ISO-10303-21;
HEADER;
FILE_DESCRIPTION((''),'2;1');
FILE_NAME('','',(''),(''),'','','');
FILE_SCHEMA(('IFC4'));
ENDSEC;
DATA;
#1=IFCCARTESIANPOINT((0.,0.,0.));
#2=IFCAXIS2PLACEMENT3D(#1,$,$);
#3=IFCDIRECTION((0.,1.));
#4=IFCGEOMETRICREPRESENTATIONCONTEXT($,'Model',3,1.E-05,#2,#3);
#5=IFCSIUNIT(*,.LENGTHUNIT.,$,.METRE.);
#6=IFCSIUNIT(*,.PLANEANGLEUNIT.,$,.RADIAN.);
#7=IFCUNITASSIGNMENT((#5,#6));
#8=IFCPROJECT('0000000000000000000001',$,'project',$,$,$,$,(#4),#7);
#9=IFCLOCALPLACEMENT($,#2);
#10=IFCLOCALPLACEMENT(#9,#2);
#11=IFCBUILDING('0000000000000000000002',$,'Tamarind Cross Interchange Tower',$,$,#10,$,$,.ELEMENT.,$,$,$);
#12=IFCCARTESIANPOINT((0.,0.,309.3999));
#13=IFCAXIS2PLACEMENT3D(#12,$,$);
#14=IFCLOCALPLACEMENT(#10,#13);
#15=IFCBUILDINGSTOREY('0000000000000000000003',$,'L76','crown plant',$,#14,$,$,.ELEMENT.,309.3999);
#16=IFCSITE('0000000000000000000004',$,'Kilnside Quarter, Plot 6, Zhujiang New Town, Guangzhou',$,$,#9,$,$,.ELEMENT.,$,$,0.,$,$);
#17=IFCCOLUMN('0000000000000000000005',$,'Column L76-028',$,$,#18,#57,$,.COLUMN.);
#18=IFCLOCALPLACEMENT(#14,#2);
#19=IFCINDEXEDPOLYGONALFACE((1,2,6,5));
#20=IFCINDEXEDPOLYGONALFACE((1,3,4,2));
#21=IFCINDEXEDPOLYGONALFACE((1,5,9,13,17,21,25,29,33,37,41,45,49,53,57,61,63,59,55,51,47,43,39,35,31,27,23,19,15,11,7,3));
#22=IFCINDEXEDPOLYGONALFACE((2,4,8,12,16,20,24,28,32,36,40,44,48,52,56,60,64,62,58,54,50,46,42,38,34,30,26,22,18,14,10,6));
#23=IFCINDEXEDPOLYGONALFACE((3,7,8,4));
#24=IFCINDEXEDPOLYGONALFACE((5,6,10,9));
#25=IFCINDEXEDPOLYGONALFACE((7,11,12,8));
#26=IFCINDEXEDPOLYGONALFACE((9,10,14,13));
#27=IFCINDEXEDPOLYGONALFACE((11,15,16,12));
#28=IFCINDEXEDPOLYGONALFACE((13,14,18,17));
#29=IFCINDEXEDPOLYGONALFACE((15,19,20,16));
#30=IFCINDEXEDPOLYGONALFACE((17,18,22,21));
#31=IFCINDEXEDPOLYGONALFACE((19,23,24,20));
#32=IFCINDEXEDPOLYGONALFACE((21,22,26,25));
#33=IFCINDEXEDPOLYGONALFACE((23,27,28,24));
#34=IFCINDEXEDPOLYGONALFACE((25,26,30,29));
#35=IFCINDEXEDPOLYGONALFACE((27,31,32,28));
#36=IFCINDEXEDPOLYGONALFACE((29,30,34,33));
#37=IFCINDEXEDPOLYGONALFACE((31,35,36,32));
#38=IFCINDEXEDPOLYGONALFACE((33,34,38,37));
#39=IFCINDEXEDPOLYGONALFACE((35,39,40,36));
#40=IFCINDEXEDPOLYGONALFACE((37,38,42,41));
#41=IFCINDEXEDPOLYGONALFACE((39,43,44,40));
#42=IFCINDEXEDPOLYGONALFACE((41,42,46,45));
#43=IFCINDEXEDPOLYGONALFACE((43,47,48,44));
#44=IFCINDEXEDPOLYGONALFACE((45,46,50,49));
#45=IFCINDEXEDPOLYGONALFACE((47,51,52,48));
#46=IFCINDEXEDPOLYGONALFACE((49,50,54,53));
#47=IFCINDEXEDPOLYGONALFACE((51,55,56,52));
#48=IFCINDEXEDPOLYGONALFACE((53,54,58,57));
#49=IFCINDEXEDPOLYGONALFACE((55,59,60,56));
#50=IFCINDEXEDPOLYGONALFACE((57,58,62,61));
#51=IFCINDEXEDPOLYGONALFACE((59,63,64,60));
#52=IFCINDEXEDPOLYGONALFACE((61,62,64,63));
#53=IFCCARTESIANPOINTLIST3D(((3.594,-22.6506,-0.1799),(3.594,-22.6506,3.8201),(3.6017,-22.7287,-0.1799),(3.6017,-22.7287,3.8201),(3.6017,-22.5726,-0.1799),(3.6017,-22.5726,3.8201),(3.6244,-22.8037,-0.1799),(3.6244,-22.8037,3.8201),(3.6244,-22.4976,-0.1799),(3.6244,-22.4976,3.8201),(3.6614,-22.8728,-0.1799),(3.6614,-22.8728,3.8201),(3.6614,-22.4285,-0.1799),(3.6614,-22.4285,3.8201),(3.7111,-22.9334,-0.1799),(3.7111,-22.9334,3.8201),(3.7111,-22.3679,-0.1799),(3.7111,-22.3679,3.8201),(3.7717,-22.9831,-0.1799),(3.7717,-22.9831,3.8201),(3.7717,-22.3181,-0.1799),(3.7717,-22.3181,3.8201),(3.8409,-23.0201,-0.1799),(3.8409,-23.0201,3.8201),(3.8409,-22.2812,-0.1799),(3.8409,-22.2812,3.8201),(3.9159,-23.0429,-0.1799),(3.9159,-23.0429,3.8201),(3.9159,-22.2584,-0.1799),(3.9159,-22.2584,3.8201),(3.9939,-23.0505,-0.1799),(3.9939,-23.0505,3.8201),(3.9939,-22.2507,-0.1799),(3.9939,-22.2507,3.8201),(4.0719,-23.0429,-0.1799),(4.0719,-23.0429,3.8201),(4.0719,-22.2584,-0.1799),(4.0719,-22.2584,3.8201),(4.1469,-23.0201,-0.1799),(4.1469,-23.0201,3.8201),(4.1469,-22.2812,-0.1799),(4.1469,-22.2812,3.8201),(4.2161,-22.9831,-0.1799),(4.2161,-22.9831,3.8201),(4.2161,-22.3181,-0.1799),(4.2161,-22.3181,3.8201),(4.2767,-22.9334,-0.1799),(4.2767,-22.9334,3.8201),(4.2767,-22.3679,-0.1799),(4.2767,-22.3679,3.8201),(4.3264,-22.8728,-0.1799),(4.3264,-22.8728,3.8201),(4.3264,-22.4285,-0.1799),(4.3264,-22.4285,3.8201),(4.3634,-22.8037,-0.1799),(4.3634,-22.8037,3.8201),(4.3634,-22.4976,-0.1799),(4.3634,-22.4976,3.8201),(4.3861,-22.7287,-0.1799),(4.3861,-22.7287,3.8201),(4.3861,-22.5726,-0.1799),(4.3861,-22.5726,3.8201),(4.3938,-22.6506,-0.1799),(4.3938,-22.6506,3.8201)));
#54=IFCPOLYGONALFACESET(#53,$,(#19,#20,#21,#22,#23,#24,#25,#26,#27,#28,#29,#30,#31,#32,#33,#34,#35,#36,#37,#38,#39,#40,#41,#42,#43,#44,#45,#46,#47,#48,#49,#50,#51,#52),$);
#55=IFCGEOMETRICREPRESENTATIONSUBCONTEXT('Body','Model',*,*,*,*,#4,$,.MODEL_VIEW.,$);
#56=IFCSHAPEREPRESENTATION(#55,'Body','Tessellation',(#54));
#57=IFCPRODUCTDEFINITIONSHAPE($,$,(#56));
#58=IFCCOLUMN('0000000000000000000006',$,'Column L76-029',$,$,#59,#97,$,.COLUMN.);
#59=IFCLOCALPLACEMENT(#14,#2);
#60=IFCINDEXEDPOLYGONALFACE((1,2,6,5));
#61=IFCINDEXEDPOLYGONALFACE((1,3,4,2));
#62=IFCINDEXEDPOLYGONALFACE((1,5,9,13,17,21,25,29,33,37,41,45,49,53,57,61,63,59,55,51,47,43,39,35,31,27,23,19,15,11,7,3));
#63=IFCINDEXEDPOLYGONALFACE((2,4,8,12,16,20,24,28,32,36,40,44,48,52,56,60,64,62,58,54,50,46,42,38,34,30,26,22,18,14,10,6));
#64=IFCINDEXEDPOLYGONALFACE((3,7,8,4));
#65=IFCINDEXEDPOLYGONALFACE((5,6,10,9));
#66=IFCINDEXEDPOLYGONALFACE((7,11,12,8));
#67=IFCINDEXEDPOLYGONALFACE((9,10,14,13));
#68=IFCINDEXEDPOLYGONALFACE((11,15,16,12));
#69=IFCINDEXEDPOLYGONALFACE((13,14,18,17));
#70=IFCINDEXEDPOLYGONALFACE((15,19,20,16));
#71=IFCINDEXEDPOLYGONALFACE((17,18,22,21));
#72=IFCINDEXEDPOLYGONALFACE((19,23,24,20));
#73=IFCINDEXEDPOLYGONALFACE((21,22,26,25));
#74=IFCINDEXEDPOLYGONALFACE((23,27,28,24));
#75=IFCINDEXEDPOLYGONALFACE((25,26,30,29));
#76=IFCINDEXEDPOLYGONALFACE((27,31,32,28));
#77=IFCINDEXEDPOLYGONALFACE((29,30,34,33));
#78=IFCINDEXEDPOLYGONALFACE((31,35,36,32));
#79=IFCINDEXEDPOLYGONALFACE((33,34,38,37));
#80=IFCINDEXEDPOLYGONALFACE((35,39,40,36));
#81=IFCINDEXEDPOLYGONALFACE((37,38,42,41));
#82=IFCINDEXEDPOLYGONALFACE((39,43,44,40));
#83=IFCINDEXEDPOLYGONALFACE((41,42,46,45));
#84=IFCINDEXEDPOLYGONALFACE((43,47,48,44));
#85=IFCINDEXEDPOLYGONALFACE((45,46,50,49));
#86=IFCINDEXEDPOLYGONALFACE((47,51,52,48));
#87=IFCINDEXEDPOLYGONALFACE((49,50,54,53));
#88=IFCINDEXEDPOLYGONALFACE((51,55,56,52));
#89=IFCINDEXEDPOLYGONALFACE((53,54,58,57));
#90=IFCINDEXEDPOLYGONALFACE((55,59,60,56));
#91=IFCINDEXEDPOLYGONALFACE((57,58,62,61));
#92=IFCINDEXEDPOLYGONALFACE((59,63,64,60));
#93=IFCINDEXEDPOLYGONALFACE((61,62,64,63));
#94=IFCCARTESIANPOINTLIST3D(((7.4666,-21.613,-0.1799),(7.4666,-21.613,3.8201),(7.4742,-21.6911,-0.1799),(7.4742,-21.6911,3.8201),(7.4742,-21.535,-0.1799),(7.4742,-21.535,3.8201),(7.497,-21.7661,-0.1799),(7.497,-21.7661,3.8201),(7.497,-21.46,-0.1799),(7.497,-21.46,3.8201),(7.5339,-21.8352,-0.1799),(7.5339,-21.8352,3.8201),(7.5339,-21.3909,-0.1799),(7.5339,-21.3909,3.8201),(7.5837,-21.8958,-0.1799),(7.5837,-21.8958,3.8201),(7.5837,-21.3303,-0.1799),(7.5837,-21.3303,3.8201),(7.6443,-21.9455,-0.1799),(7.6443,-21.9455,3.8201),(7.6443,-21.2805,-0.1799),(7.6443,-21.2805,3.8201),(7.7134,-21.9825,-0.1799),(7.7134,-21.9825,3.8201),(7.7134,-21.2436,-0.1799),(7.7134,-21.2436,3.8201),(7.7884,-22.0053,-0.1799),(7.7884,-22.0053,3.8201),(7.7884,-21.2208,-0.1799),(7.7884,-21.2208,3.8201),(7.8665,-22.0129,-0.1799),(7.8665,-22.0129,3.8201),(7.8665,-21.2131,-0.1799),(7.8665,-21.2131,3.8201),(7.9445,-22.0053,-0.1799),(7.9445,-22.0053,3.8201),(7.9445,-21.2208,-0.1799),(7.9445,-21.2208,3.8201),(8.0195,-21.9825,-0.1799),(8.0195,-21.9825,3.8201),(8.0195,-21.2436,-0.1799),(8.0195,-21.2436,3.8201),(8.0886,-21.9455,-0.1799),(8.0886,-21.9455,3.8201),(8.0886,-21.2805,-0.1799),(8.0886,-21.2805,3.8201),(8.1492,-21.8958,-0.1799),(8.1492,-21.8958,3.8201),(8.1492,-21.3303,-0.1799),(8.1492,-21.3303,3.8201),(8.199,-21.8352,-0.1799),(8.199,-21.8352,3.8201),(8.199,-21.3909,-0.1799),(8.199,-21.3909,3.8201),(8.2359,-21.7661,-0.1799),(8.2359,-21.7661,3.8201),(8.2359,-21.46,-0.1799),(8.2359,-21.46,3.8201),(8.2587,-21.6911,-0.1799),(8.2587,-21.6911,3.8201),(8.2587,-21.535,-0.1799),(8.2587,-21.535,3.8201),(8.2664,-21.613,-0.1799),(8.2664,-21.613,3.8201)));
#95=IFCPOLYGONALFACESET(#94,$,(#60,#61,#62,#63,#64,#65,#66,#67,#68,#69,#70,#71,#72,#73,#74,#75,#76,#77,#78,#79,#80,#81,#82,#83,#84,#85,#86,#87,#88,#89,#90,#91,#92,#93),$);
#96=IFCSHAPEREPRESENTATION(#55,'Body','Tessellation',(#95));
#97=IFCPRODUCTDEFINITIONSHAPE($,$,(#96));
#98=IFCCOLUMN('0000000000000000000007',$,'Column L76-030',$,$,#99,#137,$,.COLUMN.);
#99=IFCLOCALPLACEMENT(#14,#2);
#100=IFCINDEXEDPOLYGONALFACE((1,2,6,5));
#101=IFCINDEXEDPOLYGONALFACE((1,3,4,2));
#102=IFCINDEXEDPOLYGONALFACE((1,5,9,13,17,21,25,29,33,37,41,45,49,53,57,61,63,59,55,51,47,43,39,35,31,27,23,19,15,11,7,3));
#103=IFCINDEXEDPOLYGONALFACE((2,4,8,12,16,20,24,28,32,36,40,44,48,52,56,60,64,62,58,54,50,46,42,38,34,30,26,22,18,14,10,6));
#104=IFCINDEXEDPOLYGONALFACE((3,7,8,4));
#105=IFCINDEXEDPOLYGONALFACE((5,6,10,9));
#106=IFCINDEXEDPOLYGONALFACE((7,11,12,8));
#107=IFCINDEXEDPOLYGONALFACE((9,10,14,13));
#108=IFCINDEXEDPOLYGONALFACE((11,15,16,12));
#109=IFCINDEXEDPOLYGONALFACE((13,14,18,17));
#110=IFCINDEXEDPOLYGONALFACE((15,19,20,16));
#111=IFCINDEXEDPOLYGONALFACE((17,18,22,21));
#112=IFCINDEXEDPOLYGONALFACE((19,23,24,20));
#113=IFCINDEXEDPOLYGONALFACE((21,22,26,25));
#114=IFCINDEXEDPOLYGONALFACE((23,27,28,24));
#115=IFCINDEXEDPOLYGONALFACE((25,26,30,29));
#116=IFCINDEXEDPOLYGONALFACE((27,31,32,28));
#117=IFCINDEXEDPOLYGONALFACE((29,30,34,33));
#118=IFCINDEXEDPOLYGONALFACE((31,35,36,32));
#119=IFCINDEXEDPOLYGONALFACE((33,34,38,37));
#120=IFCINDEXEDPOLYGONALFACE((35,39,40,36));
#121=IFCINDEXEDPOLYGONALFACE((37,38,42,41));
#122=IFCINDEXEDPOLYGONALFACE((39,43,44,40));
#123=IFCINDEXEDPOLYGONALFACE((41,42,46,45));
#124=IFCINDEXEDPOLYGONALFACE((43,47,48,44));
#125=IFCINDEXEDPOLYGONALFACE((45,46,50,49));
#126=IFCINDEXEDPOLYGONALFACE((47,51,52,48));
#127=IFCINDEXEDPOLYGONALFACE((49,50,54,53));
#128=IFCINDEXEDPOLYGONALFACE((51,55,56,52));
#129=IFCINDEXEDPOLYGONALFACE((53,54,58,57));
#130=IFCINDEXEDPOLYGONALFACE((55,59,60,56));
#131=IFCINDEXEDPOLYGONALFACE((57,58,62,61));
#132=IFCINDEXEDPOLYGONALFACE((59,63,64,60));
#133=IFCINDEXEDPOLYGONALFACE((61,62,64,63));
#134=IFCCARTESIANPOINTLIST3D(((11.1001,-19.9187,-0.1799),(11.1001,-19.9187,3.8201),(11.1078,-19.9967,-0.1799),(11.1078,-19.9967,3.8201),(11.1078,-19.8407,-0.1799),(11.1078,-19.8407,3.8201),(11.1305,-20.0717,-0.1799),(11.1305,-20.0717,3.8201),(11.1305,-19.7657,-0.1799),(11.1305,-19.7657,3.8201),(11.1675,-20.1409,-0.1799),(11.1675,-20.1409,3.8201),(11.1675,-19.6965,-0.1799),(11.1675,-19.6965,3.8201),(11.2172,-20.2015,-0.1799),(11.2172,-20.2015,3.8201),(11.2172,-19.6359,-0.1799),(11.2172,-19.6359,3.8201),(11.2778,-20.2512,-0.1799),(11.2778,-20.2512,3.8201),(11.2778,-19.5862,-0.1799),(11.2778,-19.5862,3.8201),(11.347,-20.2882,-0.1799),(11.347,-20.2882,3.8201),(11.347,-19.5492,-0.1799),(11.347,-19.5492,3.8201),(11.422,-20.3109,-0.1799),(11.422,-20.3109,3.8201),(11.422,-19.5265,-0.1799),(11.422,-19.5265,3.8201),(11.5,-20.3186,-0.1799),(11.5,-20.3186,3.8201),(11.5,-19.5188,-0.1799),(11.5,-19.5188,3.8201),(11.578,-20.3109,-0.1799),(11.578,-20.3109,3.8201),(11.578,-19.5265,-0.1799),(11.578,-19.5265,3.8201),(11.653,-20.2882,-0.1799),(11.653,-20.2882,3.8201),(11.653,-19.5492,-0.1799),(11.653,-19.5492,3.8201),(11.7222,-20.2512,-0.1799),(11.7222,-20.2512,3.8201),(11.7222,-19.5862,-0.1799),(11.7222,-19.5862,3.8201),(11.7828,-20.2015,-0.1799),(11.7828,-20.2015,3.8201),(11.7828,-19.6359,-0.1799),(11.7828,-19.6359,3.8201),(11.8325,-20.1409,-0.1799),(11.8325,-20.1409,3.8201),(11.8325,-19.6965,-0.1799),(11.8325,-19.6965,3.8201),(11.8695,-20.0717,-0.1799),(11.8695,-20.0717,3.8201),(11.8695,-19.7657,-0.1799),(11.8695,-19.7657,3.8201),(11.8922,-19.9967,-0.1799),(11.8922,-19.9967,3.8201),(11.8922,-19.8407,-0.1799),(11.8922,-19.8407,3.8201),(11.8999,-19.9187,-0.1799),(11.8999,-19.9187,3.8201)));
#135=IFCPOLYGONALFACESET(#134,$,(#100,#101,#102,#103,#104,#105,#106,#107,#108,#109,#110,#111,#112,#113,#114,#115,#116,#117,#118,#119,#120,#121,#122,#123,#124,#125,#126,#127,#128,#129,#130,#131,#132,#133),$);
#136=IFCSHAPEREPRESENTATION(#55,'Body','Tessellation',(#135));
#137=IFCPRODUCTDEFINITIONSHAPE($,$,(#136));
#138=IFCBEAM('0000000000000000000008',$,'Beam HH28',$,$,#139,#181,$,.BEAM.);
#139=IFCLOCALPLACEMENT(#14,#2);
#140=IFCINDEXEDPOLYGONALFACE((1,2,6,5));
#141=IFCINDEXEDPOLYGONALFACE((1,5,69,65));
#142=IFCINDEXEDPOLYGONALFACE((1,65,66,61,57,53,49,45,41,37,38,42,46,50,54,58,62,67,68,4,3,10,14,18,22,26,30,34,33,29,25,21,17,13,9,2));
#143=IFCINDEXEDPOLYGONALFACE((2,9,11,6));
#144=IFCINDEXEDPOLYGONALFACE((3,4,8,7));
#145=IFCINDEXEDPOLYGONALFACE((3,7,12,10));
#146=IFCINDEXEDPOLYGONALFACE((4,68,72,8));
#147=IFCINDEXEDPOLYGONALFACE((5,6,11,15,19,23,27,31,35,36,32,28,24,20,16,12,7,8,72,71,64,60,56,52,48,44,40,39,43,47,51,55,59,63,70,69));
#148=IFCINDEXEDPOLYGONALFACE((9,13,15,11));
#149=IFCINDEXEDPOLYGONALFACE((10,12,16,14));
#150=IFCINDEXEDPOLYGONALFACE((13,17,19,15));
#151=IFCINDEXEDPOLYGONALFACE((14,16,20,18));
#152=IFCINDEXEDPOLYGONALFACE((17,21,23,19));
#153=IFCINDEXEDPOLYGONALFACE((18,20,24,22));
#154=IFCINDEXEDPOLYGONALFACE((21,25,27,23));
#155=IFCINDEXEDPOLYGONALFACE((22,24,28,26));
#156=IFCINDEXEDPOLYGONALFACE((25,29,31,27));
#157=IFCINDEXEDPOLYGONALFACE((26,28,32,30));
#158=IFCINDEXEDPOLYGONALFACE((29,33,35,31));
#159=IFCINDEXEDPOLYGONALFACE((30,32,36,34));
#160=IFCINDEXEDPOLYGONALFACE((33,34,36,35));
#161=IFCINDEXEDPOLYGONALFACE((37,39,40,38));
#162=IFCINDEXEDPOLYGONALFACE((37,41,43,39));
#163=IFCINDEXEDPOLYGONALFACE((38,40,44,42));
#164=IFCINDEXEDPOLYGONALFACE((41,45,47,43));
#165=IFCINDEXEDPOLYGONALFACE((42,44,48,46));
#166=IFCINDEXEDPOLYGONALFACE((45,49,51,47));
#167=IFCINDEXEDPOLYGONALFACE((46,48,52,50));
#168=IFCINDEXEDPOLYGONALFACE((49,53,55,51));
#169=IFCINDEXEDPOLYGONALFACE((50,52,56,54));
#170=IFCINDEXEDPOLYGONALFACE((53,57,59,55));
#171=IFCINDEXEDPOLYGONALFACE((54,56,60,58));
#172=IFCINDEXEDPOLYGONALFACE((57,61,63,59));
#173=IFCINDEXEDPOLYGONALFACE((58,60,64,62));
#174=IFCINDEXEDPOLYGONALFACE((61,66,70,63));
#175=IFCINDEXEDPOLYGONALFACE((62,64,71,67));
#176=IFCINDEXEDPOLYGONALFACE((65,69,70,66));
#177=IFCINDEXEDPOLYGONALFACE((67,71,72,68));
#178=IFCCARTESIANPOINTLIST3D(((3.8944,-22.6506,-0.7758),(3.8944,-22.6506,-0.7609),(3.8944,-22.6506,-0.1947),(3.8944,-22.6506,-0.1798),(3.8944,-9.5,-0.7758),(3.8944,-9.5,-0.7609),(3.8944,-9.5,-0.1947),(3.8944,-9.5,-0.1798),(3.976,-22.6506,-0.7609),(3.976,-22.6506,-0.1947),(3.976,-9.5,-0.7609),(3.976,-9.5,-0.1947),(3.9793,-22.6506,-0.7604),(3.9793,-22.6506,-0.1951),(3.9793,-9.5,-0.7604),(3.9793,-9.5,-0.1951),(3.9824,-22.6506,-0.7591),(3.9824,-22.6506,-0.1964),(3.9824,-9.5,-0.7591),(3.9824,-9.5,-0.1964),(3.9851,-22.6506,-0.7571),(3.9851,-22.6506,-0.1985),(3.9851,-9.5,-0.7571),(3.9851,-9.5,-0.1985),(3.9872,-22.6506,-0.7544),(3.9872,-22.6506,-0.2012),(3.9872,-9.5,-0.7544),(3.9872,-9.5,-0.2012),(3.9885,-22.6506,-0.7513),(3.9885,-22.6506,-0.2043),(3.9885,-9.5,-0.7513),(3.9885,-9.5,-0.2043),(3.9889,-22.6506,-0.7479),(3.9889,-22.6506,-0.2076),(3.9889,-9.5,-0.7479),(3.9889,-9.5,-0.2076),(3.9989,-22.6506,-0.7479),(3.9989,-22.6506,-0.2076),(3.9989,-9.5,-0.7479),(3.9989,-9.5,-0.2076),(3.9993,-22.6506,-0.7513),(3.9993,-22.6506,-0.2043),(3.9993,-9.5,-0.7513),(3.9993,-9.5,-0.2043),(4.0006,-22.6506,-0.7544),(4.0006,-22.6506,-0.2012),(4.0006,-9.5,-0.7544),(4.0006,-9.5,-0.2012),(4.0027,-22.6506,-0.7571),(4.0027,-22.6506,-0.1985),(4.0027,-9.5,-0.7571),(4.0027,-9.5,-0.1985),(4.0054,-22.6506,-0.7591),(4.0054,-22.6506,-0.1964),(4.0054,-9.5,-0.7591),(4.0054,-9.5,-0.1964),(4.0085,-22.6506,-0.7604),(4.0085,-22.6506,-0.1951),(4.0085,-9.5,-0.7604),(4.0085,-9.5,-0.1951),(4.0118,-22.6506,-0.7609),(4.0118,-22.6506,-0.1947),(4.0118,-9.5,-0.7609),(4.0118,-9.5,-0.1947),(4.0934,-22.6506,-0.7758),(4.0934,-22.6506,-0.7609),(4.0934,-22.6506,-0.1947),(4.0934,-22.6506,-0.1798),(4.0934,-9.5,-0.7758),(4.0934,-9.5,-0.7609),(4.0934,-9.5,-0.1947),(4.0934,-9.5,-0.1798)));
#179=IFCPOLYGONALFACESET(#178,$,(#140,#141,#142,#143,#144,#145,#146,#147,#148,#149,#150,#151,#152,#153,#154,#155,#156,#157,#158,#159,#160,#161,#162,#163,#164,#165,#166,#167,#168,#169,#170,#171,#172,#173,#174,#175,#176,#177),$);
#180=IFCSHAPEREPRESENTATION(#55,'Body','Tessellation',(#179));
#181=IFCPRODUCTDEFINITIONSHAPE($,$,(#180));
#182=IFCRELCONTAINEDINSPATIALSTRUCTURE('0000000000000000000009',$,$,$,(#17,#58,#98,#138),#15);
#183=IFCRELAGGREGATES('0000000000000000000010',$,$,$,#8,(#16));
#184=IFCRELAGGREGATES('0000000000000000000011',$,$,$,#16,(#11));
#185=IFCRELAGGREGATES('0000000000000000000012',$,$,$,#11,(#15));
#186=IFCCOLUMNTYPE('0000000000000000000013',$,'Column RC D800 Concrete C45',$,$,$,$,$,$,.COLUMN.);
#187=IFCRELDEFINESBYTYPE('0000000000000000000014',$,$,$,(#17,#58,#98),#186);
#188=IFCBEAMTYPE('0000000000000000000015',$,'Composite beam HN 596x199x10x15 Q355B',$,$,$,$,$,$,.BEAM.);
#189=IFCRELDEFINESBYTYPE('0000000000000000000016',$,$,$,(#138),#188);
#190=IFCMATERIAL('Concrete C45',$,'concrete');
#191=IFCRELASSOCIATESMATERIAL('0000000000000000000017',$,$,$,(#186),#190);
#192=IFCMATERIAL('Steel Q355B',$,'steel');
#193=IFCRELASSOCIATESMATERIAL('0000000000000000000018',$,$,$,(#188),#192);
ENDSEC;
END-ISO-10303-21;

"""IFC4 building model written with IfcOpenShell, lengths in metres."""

from ifc_helpers import new_model, si_unit, direction, frame, origin, origin_2d, place, context, subcontext, project, spatial, circle, i_section, extrude, material, material_profile, profile_set, type_object, element, save


model = new_model("IFC4")

# Units and contexts
model_context = context("Model", 3, precision=1e-05, world=origin(), true_north=direction((0.0, 1.0)))
body_context = subcontext(model_context, "Body", "Model", "MODEL_VIEW")
ifc_project = project(units=[si_unit("LENGTHUNIT", "METRE"), si_unit("PLANEANGLEUNIT", "RADIAN")], contexts=[model_context])

# Site, building, storey
site_placement = place(None, origin())
site = spatial("IfcSite", under=ifc_project, at=site_placement, Name="Kilnside Quarter, Plot 6, Zhujiang New Town, Guangzhou", CompositionType="ELEMENT", RefElevation=0.0)
building_placement = place(site_placement, origin())
building = spatial("IfcBuilding", under=site, at=building_placement, Name="Tamarind Cross Interchange Tower", CompositionType="ELEMENT")
storey_placement = place(building_placement, frame((0.0, 0.0, 309.3999)))
storey = spatial("IfcBuildingStorey", under=building, at=storey_placement, Name="L76", Description="crown plant", CompositionType="ELEMENT", Elevation=309.3999)

# Columns
ifc_material_1 = material(Name="Concrete C45", Category="concrete")
ifc_material_profile_1 = material_profile(ifc_material_1, circle(Radius=0.3999, at=origin_2d()), Name="RC D800")
ifc_profile_set_1 = profile_set([ifc_material_profile_1], Name="Concrete C45")
column_type = type_object("IfcColumnType", Name="Column RC D800 Concrete C45", PredefinedType="COLUMN", material=ifc_profile_set_1)
for number, where, z_axis, x_axis, name in (
    (1, (3.9939, -22.6506, -0.1799), (0.0, 0.0, 1.0), (1.0, 0.0, 0.0), "Column L76-028"),
    (2, (7.8665, -21.613, -0.1799), (0.0, 0.0, 1.0), (1.0, 0.0, 0.0), "Column L76-029"),
    (3, (11.5, -19.9187, -0.1799), (0.0, 0.0, 1.0), (1.0, 0.0, 0.0), "Column L76-030"),
):
    element("IfcColumn", number, at=place(storey_placement, frame(where, z_axis=z_axis, x_axis=x_axis)), inside=storey, type_object=column_type, Name=name, PredefinedType="COLUMN", context=body_context, shape_type="SweptSolid", body=[
        extrude(circle(Radius=0.3999, at=origin_2d()), origin(), (0.0, 0.0, 1.0), 4.0),
    ])

# Beam
ifc_material_2 = material(Name="Steel Q355B", Category="steel")
ifc_material_profile_2 = material_profile(ifc_material_2, i_section(OverallWidth=0.199, OverallDepth=0.5959, WebThickness=0.01, FlangeThickness=0.0149, FilletRadius=0.0129, at=origin_2d()), Name="HN 596x199x10x15")
ifc_profile_set_2 = profile_set([ifc_material_profile_2], Name="Steel Q355B")
beam_type = type_object("IfcBeamType", Name="Composite beam HN 596x199x10x15 Q355B", PredefinedType="BEAM", material=ifc_profile_set_2)
beam_1_placement = place(storey_placement, frame((3.9939, -22.6506, -0.4778), z_axis=(0.0, 1.0, 0.0), x_axis=(-1.0, 0.0, 0.0)))
element("IfcBeam", 4, at=beam_1_placement, inside=storey, type_object=beam_type, Name="Beam HH28", PredefinedType="BEAM", context=body_context, shape_type="SweptSolid", body=[
    extrude(i_section(OverallWidth=0.199, OverallDepth=0.5959, WebThickness=0.01, FlangeThickness=0.0149, FilletRadius=0.0129, at=origin_2d()), origin(), (0.0, 0.0, 1.0), 13.1506),
])

save(model, "model.ifc")
